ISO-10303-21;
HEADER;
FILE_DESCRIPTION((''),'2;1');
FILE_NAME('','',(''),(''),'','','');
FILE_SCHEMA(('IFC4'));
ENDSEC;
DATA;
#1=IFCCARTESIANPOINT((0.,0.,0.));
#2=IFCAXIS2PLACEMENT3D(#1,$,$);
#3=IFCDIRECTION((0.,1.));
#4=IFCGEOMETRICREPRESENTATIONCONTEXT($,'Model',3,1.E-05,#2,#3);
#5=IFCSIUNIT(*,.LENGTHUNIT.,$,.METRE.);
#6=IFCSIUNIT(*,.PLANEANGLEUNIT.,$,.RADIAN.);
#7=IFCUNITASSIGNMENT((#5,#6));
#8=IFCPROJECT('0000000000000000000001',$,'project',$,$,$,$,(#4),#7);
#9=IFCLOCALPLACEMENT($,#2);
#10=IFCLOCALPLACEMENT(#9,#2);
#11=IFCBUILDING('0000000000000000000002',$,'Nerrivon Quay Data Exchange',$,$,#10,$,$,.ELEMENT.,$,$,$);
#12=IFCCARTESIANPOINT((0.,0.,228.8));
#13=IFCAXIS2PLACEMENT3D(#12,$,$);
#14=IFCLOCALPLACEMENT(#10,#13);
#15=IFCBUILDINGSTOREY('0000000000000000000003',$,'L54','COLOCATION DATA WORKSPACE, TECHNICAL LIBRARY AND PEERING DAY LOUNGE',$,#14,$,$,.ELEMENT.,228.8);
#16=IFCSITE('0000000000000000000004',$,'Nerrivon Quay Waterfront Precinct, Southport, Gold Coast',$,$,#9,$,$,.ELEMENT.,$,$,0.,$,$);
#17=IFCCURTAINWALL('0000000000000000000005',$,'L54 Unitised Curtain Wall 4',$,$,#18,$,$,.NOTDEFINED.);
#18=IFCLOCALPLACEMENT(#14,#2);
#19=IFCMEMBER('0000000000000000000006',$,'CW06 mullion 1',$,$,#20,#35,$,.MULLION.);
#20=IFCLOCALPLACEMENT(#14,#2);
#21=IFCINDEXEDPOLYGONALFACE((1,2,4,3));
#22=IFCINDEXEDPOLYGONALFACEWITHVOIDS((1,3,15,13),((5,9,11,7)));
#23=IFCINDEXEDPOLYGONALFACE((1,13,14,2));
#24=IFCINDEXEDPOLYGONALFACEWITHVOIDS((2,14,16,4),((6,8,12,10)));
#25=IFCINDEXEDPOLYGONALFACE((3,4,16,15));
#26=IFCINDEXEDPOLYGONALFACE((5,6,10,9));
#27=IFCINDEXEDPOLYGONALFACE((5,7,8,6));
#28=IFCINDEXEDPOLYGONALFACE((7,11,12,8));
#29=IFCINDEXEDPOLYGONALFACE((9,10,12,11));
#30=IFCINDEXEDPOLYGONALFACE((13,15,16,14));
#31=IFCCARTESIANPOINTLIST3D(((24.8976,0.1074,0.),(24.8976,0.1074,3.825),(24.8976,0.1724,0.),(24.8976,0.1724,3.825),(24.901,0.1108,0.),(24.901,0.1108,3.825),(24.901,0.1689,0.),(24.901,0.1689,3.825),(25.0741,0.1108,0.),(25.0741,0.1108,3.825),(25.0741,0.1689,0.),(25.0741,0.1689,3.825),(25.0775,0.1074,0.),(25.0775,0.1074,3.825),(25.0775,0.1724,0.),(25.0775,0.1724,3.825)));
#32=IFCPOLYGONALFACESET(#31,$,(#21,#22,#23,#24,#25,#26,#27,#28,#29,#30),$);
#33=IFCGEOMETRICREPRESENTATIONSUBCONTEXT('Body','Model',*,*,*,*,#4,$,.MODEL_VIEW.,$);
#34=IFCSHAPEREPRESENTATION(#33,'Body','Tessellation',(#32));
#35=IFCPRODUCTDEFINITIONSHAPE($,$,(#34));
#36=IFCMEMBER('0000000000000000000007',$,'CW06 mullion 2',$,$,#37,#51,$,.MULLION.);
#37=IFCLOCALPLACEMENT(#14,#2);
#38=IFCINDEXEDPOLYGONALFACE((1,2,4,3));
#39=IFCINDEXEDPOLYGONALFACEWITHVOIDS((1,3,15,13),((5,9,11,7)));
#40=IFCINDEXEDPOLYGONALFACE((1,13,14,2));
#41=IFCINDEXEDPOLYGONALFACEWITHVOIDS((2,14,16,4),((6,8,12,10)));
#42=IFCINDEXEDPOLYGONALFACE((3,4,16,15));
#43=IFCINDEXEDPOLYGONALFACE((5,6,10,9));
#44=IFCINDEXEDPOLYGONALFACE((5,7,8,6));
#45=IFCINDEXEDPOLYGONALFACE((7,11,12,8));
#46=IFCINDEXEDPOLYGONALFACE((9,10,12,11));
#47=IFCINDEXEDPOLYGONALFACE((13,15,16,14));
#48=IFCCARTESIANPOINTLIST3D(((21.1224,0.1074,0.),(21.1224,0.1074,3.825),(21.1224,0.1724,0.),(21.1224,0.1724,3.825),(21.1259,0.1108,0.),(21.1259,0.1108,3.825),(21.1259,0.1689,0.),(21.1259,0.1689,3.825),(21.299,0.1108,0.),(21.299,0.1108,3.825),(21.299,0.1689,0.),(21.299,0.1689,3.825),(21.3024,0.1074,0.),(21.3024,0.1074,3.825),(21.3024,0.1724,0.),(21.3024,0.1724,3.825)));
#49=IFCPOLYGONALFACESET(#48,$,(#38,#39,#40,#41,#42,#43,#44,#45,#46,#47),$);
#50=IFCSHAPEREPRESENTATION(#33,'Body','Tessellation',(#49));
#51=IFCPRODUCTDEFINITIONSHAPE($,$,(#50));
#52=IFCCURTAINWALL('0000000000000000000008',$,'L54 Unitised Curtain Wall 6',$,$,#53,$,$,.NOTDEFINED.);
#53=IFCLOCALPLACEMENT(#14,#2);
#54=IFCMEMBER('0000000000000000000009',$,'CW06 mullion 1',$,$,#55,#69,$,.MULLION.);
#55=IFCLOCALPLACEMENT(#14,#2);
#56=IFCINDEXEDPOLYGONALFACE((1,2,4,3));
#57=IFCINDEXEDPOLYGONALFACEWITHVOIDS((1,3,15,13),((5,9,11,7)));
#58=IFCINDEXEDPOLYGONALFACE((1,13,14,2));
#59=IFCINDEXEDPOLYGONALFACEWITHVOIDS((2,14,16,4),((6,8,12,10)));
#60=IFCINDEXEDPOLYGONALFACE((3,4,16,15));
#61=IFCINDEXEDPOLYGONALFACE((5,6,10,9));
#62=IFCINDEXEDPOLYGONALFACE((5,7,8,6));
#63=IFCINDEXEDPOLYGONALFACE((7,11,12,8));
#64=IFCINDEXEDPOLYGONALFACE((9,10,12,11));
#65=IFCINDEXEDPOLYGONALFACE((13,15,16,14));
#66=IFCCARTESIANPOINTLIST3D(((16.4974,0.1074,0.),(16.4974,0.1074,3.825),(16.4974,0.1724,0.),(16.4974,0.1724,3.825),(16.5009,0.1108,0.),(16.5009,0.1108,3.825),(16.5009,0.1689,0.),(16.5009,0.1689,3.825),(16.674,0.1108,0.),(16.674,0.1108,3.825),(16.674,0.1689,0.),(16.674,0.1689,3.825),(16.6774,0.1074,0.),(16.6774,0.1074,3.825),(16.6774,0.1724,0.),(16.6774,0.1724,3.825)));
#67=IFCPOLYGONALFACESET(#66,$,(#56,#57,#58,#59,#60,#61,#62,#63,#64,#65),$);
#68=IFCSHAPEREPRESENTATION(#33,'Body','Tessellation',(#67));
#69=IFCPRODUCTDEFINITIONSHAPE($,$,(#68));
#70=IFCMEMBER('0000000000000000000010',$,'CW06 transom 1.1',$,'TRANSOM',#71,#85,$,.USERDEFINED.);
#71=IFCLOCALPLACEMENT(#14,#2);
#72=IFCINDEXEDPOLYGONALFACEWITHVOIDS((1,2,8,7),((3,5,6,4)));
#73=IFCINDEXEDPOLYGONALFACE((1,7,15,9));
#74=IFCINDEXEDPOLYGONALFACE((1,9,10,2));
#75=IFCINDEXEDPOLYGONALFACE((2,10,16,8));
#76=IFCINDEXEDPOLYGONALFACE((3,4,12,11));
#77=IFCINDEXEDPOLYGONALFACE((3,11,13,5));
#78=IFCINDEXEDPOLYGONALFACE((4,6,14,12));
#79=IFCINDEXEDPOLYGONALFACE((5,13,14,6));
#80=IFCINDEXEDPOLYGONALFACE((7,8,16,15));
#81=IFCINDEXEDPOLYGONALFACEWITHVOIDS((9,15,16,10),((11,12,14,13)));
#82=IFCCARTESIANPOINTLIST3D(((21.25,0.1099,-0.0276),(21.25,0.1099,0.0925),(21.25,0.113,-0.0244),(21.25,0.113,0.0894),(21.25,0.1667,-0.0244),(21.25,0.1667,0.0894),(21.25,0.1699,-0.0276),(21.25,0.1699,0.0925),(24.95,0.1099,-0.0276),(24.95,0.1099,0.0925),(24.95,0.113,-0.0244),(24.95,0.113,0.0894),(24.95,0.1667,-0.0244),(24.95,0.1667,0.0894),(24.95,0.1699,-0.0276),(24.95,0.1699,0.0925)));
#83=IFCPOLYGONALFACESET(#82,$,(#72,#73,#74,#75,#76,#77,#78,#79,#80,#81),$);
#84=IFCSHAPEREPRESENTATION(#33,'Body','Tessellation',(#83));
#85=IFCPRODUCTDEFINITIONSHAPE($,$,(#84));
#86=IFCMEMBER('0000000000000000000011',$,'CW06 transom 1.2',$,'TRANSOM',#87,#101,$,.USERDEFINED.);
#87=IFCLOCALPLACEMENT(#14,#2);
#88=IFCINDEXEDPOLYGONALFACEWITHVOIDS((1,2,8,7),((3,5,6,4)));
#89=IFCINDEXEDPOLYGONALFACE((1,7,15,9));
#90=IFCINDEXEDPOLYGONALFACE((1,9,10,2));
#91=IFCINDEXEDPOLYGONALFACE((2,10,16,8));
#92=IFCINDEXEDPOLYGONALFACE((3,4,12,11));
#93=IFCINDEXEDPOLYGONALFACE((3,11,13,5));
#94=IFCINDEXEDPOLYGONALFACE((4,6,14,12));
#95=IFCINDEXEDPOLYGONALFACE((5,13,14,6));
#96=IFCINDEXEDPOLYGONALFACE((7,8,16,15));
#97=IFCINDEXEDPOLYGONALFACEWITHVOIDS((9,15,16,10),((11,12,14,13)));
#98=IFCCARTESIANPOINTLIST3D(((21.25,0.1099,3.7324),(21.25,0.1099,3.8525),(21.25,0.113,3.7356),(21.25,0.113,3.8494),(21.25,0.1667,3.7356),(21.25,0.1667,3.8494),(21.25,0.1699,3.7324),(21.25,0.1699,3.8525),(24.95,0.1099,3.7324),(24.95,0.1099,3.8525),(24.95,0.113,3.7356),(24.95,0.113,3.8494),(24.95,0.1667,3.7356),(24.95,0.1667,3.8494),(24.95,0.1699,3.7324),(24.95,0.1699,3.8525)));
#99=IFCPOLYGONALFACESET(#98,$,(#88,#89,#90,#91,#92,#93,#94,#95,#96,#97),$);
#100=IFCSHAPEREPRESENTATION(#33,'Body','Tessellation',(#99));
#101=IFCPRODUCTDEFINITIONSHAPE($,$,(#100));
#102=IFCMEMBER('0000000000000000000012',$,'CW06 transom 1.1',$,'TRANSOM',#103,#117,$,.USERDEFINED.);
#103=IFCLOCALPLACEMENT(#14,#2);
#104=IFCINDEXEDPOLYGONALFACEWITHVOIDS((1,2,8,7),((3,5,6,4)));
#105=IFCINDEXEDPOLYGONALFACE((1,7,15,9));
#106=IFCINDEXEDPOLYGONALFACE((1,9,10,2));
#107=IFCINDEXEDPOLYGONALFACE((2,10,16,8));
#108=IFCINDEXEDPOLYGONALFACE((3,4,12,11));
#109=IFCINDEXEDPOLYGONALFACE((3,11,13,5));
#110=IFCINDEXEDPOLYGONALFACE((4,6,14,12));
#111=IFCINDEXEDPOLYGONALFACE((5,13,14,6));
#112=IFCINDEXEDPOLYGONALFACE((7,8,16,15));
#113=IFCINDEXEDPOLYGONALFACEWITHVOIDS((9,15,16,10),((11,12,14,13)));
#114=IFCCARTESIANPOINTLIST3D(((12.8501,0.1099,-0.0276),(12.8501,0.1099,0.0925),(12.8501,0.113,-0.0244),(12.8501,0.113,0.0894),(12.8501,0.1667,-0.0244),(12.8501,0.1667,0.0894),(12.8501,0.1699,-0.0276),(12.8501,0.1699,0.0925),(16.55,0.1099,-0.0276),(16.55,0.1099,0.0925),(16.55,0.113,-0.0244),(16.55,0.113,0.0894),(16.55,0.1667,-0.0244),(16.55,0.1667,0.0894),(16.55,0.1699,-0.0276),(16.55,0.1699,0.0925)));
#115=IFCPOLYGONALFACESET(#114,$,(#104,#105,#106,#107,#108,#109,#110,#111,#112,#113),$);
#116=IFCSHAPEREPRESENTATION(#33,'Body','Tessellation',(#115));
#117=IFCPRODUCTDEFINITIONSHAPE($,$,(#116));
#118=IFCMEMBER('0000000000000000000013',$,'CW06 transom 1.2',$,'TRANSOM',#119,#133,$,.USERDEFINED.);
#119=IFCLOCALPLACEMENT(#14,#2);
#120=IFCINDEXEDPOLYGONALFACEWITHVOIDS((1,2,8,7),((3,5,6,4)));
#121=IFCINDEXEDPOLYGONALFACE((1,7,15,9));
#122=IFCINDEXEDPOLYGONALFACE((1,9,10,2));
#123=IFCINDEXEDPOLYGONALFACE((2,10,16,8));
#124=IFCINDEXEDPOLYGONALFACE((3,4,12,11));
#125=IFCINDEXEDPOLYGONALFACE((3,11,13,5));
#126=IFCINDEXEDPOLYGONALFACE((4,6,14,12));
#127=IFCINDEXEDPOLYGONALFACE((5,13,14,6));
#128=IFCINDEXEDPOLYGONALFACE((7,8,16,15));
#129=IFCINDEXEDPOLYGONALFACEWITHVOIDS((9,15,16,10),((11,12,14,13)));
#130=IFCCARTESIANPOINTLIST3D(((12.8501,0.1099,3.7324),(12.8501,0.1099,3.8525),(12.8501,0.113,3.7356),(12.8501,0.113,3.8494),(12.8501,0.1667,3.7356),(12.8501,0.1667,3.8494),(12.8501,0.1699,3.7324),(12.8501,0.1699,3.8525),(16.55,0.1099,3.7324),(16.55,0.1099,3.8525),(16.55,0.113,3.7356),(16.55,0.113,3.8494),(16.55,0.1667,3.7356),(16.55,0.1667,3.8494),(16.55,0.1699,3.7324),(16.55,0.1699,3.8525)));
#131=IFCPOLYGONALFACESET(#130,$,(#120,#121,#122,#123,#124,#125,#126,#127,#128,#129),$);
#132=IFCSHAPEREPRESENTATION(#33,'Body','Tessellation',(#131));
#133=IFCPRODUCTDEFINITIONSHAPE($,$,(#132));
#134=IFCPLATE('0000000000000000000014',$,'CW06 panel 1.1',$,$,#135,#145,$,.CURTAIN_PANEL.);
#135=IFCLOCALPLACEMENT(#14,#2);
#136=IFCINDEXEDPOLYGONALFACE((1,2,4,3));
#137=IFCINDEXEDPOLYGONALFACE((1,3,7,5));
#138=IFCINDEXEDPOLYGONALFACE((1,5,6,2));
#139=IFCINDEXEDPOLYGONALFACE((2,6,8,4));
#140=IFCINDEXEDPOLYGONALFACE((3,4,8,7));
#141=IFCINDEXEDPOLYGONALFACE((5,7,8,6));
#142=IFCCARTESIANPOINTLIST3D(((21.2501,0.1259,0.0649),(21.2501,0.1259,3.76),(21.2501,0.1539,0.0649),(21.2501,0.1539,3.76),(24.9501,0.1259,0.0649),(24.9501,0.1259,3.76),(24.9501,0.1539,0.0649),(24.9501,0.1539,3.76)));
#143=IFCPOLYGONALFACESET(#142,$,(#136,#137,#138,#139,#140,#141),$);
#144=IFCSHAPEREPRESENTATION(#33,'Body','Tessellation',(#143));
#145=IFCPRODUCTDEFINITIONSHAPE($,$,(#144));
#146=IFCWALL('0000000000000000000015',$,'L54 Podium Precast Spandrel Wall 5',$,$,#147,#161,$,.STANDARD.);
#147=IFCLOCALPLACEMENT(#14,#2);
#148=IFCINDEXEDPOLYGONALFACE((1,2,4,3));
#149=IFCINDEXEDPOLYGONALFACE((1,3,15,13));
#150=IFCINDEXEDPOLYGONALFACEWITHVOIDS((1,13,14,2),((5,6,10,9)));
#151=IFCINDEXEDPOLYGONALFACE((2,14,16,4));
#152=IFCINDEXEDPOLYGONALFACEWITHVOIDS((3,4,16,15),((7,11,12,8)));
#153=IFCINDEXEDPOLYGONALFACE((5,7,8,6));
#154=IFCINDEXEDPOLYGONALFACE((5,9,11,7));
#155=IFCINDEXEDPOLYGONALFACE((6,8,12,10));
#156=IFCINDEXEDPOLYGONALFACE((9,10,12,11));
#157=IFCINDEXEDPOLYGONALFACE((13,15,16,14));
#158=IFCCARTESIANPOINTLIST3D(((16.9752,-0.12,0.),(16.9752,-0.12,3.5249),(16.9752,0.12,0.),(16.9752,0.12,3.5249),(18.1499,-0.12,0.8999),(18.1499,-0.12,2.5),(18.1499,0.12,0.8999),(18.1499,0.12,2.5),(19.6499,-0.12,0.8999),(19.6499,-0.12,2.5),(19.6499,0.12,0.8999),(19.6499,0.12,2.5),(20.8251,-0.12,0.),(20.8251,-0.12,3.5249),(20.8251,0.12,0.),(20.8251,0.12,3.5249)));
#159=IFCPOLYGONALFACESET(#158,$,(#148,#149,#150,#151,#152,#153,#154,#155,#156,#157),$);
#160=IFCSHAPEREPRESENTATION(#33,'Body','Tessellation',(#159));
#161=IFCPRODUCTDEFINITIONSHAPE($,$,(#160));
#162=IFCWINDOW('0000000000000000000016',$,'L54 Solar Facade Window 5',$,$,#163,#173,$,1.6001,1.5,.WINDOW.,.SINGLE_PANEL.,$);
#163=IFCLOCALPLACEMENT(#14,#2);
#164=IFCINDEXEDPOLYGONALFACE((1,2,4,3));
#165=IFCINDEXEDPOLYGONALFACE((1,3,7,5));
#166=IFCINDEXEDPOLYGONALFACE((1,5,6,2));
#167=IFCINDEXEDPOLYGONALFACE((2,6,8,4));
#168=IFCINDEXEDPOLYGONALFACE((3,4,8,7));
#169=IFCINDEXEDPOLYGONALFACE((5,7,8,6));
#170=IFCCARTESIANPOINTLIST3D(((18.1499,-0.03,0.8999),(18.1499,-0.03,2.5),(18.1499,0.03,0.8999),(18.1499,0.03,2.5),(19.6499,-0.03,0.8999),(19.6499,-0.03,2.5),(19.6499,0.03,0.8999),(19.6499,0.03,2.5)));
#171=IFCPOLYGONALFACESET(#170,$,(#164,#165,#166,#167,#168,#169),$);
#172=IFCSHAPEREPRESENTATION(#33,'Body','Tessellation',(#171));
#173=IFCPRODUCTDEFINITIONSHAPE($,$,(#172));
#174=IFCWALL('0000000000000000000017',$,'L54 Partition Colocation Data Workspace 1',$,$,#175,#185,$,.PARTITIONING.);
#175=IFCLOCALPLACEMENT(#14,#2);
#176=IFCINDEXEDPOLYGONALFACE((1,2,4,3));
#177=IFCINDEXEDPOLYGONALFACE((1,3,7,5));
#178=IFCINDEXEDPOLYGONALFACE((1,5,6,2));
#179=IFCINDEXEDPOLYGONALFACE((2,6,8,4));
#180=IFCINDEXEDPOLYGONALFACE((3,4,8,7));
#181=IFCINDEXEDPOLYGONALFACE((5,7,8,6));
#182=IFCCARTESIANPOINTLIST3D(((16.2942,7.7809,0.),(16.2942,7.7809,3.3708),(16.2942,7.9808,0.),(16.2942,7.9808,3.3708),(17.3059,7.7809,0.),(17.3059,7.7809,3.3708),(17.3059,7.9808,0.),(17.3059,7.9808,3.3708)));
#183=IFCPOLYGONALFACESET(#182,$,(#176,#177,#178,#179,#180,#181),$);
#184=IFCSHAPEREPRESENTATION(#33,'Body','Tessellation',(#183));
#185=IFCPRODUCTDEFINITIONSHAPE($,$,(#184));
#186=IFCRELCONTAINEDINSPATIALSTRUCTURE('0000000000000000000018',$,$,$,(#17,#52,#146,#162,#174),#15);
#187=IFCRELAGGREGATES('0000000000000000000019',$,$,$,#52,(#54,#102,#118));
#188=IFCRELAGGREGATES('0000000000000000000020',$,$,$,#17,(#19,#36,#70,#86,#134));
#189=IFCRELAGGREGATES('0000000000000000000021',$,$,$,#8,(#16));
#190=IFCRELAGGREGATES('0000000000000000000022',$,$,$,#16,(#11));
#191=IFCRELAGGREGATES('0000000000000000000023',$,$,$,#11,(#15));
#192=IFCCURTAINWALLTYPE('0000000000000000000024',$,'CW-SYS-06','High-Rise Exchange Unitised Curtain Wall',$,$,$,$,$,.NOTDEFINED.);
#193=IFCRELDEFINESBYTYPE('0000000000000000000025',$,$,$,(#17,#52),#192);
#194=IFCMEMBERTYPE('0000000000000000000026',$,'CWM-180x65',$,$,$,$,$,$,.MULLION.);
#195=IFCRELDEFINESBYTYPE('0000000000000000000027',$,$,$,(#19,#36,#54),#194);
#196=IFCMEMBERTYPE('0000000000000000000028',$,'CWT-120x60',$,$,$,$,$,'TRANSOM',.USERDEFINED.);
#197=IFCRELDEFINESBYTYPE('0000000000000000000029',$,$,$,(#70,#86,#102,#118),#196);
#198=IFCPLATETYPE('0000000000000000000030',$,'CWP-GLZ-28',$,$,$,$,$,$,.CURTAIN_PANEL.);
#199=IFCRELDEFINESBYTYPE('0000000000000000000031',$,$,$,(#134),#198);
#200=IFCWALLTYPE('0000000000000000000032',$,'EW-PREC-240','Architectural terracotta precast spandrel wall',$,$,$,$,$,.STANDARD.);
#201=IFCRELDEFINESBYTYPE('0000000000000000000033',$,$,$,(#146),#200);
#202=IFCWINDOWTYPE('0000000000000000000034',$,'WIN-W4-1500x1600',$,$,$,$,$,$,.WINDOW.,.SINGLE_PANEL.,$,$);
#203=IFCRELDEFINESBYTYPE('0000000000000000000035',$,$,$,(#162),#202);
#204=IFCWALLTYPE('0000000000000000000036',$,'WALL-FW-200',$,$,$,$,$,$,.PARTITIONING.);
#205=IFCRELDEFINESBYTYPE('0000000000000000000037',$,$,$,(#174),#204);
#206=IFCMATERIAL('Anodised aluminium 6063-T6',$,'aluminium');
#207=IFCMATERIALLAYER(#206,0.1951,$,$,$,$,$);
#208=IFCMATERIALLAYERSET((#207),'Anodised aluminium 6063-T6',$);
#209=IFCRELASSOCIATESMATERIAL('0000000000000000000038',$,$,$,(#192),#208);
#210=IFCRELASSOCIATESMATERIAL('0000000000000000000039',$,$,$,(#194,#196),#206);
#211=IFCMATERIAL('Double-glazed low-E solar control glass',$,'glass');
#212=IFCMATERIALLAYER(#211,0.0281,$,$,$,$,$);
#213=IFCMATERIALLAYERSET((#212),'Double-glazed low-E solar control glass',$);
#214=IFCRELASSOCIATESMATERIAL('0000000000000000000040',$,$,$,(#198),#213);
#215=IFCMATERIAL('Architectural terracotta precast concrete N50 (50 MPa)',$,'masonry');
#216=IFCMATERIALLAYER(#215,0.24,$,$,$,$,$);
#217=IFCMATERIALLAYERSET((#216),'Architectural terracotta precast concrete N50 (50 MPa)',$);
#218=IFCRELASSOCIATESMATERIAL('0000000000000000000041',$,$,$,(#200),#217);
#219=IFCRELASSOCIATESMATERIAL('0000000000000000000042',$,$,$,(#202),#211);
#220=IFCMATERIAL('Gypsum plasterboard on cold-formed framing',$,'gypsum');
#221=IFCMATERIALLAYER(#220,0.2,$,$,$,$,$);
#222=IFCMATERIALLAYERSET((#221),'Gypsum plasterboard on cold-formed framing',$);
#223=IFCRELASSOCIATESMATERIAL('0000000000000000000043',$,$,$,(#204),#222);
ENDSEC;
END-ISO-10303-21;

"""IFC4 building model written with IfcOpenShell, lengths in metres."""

from ifc_helpers import new_model, si_unit, direction, frame, frame_2d, origin, origin_2d, place, context, subcontext, project, spatial, rectangle, hollow_rectangle, extrude, material, layer, layer_set, material_profile, profile_set, type_object, element, fill, aggregate, save


model = new_model("IFC4")

# Units and contexts
model_context = context("Model", 3, precision=1e-05, world=origin(), true_north=direction((0.0, 1.0)))
body_context = subcontext(model_context, "Body", "Model", "MODEL_VIEW")
ifc_project = project(units=[si_unit("LENGTHUNIT", "METRE"), si_unit("PLANEANGLEUNIT", "RADIAN")], contexts=[model_context])

# Site, building, storey
site_placement = place(None, origin())
site = spatial("IfcSite", under=ifc_project, at=site_placement, Name="Nerrivon Quay Waterfront Precinct, Southport, Gold Coast", CompositionType="ELEMENT", RefElevation=0.0)
building_placement = place(site_placement, origin())
building = spatial("IfcBuilding", under=site, at=building_placement, Name="Nerrivon Quay Data Exchange", CompositionType="ELEMENT")
storey_placement = place(building_placement, frame((0.0, 0.0, 228.8)))
storey = spatial("IfcBuildingStorey", under=building, at=storey_placement, Name="L54", Description="COLOCATION DATA WORKSPACE, TECHNICAL LIBRARY AND PEERING DAY LOUNGE", CompositionType="ELEMENT", Elevation=228.8)

# Curtain wall, members
ifc_material_1 = material(Name="Anodised aluminium 6063-T6", Category="aluminium")
ifc_layer_1 = layer(ifc_material_1, 0.1951)
ifc_layer_set_1 = layer_set([ifc_layer_1], Name="Anodised aluminium 6063-T6")
curtain_wall_type = type_object("IfcCurtainWallType", Name="CW-SYS-06", Description="High-Rise Exchange Unitised Curtain Wall", PredefinedType="NOTDEFINED", material=ifc_layer_set_1)
curtain_wall_1_placement = place(storey_placement, origin())
curtain_wall_1 = element("IfcCurtainWall", 1, at=curtain_wall_1_placement, inside=storey, type_object=curtain_wall_type, Name="L54 Unitised Curtain Wall 4", PredefinedType="NOTDEFINED")
ifc_material_profile_1 = material_profile(ifc_material_1, hollow_rectangle(XDim=0.0649, YDim=0.1799, WallThickness=0.0034, at=origin_2d()), Name="ALU-MULL-180x65")
ifc_profile_set_1 = profile_set([ifc_material_profile_1], Name="Anodised aluminium 6063-T6")
member_type_1 = type_object("IfcMemberType", Name="CWM-180x65", PredefinedType="MULLION", material=ifc_profile_set_1)
member_1_placement = place(storey_placement, frame((24.9875, 0.1399, 0.0), z_axis=(0.0, 0.0, 1.0), x_axis=(0.0, -1.0, 0.0)))
member_1 = element("IfcMember", 2, at=member_1_placement, type_object=member_type_1, Name="CW06 mullion 1", PredefinedType="MULLION", context=body_context, shape_type="SweptSolid", body=[
    extrude(hollow_rectangle(XDim=0.0649, YDim=0.1799, WallThickness=0.0034, at=origin_2d()), origin(), (0.0, 0.0, 1.0), 3.825),
])
member_2_placement = place(storey_placement, frame((21.2124, 0.1399, 0.0), z_axis=(0.0, 0.0, 1.0), x_axis=(0.0, -1.0, 0.0)))
member_2 = element("IfcMember", 3, at=member_2_placement, type_object=member_type_1, Name="CW06 mullion 2", PredefinedType="MULLION", context=body_context, shape_type="SweptSolid", body=[
    extrude(hollow_rectangle(XDim=0.0649, YDim=0.1799, WallThickness=0.0034, at=origin_2d()), origin(), (0.0, 0.0, 1.0), 3.825),
])

# Curtain wall, member
curtain_wall_2_placement = place(storey_placement, origin())
curtain_wall_2 = element("IfcCurtainWall", 4, at=curtain_wall_2_placement, inside=storey, type_object=curtain_wall_type, Name="L54 Unitised Curtain Wall 6", PredefinedType="NOTDEFINED")
member_3_placement = place(storey_placement, frame((16.5874, 0.1399, 0.0), z_axis=(0.0, 0.0, 1.0), x_axis=(0.0, -1.0, 0.0)))
member_3 = element("IfcMember", 5, at=member_3_placement, type_object=member_type_1, Name="CW06 mullion 1", PredefinedType="MULLION", context=body_context, shape_type="SweptSolid", body=[
    extrude(hollow_rectangle(XDim=0.0649, YDim=0.1799, WallThickness=0.0034, at=origin_2d()), origin(), (0.0, 0.0, 1.0), 3.825),
])

# Members
ifc_material_profile_2 = material_profile(ifc_material_1, hollow_rectangle(XDim=0.0601, YDim=0.1201, WallThickness=0.0032, at=origin_2d()), Name="ALU-TRAN-120x60")
ifc_profile_set_2 = profile_set([ifc_material_profile_2], Name="Anodised aluminium 6063-T6")
member_type_2 = type_object("IfcMemberType", Name="CWT-120x60", ElementType="TRANSOM", PredefinedType="USERDEFINED", material=ifc_profile_set_2)
member_4_placement = place(storey_placement, frame((24.95, 0.1399, 0.0325), z_axis=(-1.0, 0.0, 0.0), x_axis=(0.0, -1.0, 0.0)))
member_4 = element("IfcMember", 6, at=member_4_placement, type_object=member_type_2, Name="CW06 transom 1.1", ObjectType="TRANSOM", PredefinedType="USERDEFINED", context=body_context, shape_type="SweptSolid", body=[
    extrude(hollow_rectangle(XDim=0.0601, YDim=0.1201, WallThickness=0.0032, at=origin_2d()), origin(), (0.0, 0.0, 1.0), 3.7),
])
member_5_placement = place(storey_placement, frame((24.95, 0.1399, 3.7925), z_axis=(-1.0, 0.0, 0.0), x_axis=(0.0, -1.0, 0.0)))
member_5 = element("IfcMember", 7, at=member_5_placement, type_object=member_type_2, Name="CW06 transom 1.2", ObjectType="TRANSOM", PredefinedType="USERDEFINED", context=body_context, shape_type="SweptSolid", body=[
    extrude(hollow_rectangle(XDim=0.0601, YDim=0.1201, WallThickness=0.0032, at=origin_2d()), origin(), (0.0, 0.0, 1.0), 3.7),
])
member_6_placement = place(storey_placement, frame((16.55, 0.1399, 0.0325), z_axis=(-1.0, 0.0, 0.0), x_axis=(0.0, -1.0, 0.0)))
member_6 = element("IfcMember", 8, at=member_6_placement, type_object=member_type_2, Name="CW06 transom 1.1", ObjectType="TRANSOM", PredefinedType="USERDEFINED", context=body_context, shape_type="SweptSolid", body=[
    extrude(hollow_rectangle(XDim=0.0601, YDim=0.1201, WallThickness=0.0032, at=origin_2d()), origin(), (0.0, 0.0, 1.0), 3.7),
])
member_7_placement = place(storey_placement, frame((16.55, 0.1399, 3.7925), z_axis=(-1.0, 0.0, 0.0), x_axis=(0.0, -1.0, 0.0)))
member_7 = element("IfcMember", 9, at=member_7_placement, type_object=member_type_2, Name="CW06 transom 1.2", ObjectType="TRANSOM", PredefinedType="USERDEFINED", context=body_context, shape_type="SweptSolid", body=[
    extrude(hollow_rectangle(XDim=0.0601, YDim=0.1201, WallThickness=0.0032, at=origin_2d()), origin(), (0.0, 0.0, 1.0), 3.7),
])
aggregate(curtain_wall_2, [member_3, member_6, member_7])

# Plate
ifc_material_2 = material(Name="Double-glazed low-E solar control glass", Category="glass")
ifc_layer_2 = layer(ifc_material_2, 0.0281)
ifc_layer_set_2 = layer_set([ifc_layer_2], Name="Double-glazed low-E solar control glass")
plate_type = type_object("IfcPlateType", Name="CWP-GLZ-28", PredefinedType="CURTAIN_PANEL", material=ifc_layer_set_2)
plate_placement = place(storey_placement, frame((23.1001, 0.1399, 0.0649), z_axis=(0.0, 0.0, 1.0), x_axis=(-1.0, 0.0, 0.0)))
plate = element("IfcPlate", 10, at=plate_placement, type_object=plate_type, Name="CW06 panel 1.1", PredefinedType="CURTAIN_PANEL", context=body_context, shape_type="SweptSolid", body=[
    extrude(rectangle(XDim=3.7, YDim=0.0281, at=origin_2d()), origin(), (0.0, 0.0, 1.0), 3.6951),
])
aggregate(curtain_wall_1, [member_1, member_2, member_4, member_5, plate])

# Wall, opening, window
ifc_material_3 = material(Name="Architectural terracotta precast concrete N50 (50 MPa)", Category="masonry")
ifc_layer_3 = layer(ifc_material_3, 0.24)
ifc_layer_set_3 = layer_set([ifc_layer_3], Name="Architectural terracotta precast concrete N50 (50 MPa)")
wall_type_1 = type_object("IfcWallType", Name="EW-PREC-240", Description="Architectural terracotta precast spandrel wall", PredefinedType="STANDARD", material=ifc_layer_set_3)
wall_1_placement = place(storey_placement, frame((20.825, 0.0, 0.0), z_axis=(0.0, 0.0, 1.0), x_axis=(-1.0, 0.0, 0.0)))
wall_1 = element("IfcWall", 11, at=wall_1_placement, inside=storey, type_object=wall_type_1, Name="L54 Podium Precast Spandrel Wall 5", PredefinedType="STANDARD", context=body_context, shape_type="SweptSolid", body=[
    extrude(rectangle(XDim=3.8499, YDim=0.24, at=frame_2d((1.9248, 0.0))), origin(), (0.0, 0.0, 1.0), 3.5249),
])
opening_placement = place(wall_1_placement, frame((1.175, 0.0, 0.8999)))
opening = element("IfcOpeningElement", 12, at=opening_placement, cuts=wall_1, PredefinedType="OPENING", context=body_context, shape_type="SweptSolid", body=[
    extrude(rectangle(XDim=1.5, YDim=1.6001, at=frame_2d((0.75, 0.8))), frame((0.0, 0.1299, 0.0), z_axis=(0.0, -1.0, 0.0), x_axis=(1.0, 0.0, 0.0)), (0.0, 0.0, 1.0), 0.26),
])
window_type = type_object("IfcWindowType", Name="WIN-W4-1500x1600", PartitioningType="SINGLE_PANEL", PredefinedType="WINDOW", material=ifc_material_2)
window_placement = place(opening_placement, origin())
window = element("IfcWindow", 13, at=window_placement, inside=storey, type_object=window_type, Name="L54 Solar Facade Window 5", OverallHeight=1.6001, OverallWidth=1.5, PartitioningType="SINGLE_PANEL", PredefinedType="WINDOW", context=body_context, shape_type="SweptSolid", body=[
    extrude(rectangle(XDim=1.5, YDim=1.6001, at=frame_2d((0.75, 0.8))), frame((0.0, 0.03, 0.0), z_axis=(0.0, -1.0, 0.0), x_axis=(1.0, 0.0, 0.0)), (0.0, 0.0, 1.0), 0.0601),
])
fill(opening, window)

# Wall
ifc_material_4 = material(Name="Gypsum plasterboard on cold-formed framing", Category="gypsum")
ifc_layer_4 = layer(ifc_material_4, 0.2)
ifc_layer_set_4 = layer_set([ifc_layer_4], Name="Gypsum plasterboard on cold-formed framing")
wall_type_2 = type_object("IfcWallType", Name="WALL-FW-200", PredefinedType="PARTITIONING", material=ifc_layer_set_4)
wall_2_placement = place(storey_placement, frame((17.3059, 7.8809, 0.0), z_axis=(0.0, 0.0, 1.0), x_axis=(-1.0, 0.0, 0.0)))
element("IfcWall", 14, at=wall_2_placement, inside=storey, type_object=wall_type_2, Name="L54 Partition Colocation Data Workspace 1", PredefinedType="PARTITIONING", context=body_context, shape_type="SweptSolid", body=[
    extrude(rectangle(XDim=1.0117, YDim=0.2, at=frame_2d((0.5059, 0.0))), origin(), (0.0, 0.0, 1.0), 3.3708),
])

save(model, "model.ifc")
